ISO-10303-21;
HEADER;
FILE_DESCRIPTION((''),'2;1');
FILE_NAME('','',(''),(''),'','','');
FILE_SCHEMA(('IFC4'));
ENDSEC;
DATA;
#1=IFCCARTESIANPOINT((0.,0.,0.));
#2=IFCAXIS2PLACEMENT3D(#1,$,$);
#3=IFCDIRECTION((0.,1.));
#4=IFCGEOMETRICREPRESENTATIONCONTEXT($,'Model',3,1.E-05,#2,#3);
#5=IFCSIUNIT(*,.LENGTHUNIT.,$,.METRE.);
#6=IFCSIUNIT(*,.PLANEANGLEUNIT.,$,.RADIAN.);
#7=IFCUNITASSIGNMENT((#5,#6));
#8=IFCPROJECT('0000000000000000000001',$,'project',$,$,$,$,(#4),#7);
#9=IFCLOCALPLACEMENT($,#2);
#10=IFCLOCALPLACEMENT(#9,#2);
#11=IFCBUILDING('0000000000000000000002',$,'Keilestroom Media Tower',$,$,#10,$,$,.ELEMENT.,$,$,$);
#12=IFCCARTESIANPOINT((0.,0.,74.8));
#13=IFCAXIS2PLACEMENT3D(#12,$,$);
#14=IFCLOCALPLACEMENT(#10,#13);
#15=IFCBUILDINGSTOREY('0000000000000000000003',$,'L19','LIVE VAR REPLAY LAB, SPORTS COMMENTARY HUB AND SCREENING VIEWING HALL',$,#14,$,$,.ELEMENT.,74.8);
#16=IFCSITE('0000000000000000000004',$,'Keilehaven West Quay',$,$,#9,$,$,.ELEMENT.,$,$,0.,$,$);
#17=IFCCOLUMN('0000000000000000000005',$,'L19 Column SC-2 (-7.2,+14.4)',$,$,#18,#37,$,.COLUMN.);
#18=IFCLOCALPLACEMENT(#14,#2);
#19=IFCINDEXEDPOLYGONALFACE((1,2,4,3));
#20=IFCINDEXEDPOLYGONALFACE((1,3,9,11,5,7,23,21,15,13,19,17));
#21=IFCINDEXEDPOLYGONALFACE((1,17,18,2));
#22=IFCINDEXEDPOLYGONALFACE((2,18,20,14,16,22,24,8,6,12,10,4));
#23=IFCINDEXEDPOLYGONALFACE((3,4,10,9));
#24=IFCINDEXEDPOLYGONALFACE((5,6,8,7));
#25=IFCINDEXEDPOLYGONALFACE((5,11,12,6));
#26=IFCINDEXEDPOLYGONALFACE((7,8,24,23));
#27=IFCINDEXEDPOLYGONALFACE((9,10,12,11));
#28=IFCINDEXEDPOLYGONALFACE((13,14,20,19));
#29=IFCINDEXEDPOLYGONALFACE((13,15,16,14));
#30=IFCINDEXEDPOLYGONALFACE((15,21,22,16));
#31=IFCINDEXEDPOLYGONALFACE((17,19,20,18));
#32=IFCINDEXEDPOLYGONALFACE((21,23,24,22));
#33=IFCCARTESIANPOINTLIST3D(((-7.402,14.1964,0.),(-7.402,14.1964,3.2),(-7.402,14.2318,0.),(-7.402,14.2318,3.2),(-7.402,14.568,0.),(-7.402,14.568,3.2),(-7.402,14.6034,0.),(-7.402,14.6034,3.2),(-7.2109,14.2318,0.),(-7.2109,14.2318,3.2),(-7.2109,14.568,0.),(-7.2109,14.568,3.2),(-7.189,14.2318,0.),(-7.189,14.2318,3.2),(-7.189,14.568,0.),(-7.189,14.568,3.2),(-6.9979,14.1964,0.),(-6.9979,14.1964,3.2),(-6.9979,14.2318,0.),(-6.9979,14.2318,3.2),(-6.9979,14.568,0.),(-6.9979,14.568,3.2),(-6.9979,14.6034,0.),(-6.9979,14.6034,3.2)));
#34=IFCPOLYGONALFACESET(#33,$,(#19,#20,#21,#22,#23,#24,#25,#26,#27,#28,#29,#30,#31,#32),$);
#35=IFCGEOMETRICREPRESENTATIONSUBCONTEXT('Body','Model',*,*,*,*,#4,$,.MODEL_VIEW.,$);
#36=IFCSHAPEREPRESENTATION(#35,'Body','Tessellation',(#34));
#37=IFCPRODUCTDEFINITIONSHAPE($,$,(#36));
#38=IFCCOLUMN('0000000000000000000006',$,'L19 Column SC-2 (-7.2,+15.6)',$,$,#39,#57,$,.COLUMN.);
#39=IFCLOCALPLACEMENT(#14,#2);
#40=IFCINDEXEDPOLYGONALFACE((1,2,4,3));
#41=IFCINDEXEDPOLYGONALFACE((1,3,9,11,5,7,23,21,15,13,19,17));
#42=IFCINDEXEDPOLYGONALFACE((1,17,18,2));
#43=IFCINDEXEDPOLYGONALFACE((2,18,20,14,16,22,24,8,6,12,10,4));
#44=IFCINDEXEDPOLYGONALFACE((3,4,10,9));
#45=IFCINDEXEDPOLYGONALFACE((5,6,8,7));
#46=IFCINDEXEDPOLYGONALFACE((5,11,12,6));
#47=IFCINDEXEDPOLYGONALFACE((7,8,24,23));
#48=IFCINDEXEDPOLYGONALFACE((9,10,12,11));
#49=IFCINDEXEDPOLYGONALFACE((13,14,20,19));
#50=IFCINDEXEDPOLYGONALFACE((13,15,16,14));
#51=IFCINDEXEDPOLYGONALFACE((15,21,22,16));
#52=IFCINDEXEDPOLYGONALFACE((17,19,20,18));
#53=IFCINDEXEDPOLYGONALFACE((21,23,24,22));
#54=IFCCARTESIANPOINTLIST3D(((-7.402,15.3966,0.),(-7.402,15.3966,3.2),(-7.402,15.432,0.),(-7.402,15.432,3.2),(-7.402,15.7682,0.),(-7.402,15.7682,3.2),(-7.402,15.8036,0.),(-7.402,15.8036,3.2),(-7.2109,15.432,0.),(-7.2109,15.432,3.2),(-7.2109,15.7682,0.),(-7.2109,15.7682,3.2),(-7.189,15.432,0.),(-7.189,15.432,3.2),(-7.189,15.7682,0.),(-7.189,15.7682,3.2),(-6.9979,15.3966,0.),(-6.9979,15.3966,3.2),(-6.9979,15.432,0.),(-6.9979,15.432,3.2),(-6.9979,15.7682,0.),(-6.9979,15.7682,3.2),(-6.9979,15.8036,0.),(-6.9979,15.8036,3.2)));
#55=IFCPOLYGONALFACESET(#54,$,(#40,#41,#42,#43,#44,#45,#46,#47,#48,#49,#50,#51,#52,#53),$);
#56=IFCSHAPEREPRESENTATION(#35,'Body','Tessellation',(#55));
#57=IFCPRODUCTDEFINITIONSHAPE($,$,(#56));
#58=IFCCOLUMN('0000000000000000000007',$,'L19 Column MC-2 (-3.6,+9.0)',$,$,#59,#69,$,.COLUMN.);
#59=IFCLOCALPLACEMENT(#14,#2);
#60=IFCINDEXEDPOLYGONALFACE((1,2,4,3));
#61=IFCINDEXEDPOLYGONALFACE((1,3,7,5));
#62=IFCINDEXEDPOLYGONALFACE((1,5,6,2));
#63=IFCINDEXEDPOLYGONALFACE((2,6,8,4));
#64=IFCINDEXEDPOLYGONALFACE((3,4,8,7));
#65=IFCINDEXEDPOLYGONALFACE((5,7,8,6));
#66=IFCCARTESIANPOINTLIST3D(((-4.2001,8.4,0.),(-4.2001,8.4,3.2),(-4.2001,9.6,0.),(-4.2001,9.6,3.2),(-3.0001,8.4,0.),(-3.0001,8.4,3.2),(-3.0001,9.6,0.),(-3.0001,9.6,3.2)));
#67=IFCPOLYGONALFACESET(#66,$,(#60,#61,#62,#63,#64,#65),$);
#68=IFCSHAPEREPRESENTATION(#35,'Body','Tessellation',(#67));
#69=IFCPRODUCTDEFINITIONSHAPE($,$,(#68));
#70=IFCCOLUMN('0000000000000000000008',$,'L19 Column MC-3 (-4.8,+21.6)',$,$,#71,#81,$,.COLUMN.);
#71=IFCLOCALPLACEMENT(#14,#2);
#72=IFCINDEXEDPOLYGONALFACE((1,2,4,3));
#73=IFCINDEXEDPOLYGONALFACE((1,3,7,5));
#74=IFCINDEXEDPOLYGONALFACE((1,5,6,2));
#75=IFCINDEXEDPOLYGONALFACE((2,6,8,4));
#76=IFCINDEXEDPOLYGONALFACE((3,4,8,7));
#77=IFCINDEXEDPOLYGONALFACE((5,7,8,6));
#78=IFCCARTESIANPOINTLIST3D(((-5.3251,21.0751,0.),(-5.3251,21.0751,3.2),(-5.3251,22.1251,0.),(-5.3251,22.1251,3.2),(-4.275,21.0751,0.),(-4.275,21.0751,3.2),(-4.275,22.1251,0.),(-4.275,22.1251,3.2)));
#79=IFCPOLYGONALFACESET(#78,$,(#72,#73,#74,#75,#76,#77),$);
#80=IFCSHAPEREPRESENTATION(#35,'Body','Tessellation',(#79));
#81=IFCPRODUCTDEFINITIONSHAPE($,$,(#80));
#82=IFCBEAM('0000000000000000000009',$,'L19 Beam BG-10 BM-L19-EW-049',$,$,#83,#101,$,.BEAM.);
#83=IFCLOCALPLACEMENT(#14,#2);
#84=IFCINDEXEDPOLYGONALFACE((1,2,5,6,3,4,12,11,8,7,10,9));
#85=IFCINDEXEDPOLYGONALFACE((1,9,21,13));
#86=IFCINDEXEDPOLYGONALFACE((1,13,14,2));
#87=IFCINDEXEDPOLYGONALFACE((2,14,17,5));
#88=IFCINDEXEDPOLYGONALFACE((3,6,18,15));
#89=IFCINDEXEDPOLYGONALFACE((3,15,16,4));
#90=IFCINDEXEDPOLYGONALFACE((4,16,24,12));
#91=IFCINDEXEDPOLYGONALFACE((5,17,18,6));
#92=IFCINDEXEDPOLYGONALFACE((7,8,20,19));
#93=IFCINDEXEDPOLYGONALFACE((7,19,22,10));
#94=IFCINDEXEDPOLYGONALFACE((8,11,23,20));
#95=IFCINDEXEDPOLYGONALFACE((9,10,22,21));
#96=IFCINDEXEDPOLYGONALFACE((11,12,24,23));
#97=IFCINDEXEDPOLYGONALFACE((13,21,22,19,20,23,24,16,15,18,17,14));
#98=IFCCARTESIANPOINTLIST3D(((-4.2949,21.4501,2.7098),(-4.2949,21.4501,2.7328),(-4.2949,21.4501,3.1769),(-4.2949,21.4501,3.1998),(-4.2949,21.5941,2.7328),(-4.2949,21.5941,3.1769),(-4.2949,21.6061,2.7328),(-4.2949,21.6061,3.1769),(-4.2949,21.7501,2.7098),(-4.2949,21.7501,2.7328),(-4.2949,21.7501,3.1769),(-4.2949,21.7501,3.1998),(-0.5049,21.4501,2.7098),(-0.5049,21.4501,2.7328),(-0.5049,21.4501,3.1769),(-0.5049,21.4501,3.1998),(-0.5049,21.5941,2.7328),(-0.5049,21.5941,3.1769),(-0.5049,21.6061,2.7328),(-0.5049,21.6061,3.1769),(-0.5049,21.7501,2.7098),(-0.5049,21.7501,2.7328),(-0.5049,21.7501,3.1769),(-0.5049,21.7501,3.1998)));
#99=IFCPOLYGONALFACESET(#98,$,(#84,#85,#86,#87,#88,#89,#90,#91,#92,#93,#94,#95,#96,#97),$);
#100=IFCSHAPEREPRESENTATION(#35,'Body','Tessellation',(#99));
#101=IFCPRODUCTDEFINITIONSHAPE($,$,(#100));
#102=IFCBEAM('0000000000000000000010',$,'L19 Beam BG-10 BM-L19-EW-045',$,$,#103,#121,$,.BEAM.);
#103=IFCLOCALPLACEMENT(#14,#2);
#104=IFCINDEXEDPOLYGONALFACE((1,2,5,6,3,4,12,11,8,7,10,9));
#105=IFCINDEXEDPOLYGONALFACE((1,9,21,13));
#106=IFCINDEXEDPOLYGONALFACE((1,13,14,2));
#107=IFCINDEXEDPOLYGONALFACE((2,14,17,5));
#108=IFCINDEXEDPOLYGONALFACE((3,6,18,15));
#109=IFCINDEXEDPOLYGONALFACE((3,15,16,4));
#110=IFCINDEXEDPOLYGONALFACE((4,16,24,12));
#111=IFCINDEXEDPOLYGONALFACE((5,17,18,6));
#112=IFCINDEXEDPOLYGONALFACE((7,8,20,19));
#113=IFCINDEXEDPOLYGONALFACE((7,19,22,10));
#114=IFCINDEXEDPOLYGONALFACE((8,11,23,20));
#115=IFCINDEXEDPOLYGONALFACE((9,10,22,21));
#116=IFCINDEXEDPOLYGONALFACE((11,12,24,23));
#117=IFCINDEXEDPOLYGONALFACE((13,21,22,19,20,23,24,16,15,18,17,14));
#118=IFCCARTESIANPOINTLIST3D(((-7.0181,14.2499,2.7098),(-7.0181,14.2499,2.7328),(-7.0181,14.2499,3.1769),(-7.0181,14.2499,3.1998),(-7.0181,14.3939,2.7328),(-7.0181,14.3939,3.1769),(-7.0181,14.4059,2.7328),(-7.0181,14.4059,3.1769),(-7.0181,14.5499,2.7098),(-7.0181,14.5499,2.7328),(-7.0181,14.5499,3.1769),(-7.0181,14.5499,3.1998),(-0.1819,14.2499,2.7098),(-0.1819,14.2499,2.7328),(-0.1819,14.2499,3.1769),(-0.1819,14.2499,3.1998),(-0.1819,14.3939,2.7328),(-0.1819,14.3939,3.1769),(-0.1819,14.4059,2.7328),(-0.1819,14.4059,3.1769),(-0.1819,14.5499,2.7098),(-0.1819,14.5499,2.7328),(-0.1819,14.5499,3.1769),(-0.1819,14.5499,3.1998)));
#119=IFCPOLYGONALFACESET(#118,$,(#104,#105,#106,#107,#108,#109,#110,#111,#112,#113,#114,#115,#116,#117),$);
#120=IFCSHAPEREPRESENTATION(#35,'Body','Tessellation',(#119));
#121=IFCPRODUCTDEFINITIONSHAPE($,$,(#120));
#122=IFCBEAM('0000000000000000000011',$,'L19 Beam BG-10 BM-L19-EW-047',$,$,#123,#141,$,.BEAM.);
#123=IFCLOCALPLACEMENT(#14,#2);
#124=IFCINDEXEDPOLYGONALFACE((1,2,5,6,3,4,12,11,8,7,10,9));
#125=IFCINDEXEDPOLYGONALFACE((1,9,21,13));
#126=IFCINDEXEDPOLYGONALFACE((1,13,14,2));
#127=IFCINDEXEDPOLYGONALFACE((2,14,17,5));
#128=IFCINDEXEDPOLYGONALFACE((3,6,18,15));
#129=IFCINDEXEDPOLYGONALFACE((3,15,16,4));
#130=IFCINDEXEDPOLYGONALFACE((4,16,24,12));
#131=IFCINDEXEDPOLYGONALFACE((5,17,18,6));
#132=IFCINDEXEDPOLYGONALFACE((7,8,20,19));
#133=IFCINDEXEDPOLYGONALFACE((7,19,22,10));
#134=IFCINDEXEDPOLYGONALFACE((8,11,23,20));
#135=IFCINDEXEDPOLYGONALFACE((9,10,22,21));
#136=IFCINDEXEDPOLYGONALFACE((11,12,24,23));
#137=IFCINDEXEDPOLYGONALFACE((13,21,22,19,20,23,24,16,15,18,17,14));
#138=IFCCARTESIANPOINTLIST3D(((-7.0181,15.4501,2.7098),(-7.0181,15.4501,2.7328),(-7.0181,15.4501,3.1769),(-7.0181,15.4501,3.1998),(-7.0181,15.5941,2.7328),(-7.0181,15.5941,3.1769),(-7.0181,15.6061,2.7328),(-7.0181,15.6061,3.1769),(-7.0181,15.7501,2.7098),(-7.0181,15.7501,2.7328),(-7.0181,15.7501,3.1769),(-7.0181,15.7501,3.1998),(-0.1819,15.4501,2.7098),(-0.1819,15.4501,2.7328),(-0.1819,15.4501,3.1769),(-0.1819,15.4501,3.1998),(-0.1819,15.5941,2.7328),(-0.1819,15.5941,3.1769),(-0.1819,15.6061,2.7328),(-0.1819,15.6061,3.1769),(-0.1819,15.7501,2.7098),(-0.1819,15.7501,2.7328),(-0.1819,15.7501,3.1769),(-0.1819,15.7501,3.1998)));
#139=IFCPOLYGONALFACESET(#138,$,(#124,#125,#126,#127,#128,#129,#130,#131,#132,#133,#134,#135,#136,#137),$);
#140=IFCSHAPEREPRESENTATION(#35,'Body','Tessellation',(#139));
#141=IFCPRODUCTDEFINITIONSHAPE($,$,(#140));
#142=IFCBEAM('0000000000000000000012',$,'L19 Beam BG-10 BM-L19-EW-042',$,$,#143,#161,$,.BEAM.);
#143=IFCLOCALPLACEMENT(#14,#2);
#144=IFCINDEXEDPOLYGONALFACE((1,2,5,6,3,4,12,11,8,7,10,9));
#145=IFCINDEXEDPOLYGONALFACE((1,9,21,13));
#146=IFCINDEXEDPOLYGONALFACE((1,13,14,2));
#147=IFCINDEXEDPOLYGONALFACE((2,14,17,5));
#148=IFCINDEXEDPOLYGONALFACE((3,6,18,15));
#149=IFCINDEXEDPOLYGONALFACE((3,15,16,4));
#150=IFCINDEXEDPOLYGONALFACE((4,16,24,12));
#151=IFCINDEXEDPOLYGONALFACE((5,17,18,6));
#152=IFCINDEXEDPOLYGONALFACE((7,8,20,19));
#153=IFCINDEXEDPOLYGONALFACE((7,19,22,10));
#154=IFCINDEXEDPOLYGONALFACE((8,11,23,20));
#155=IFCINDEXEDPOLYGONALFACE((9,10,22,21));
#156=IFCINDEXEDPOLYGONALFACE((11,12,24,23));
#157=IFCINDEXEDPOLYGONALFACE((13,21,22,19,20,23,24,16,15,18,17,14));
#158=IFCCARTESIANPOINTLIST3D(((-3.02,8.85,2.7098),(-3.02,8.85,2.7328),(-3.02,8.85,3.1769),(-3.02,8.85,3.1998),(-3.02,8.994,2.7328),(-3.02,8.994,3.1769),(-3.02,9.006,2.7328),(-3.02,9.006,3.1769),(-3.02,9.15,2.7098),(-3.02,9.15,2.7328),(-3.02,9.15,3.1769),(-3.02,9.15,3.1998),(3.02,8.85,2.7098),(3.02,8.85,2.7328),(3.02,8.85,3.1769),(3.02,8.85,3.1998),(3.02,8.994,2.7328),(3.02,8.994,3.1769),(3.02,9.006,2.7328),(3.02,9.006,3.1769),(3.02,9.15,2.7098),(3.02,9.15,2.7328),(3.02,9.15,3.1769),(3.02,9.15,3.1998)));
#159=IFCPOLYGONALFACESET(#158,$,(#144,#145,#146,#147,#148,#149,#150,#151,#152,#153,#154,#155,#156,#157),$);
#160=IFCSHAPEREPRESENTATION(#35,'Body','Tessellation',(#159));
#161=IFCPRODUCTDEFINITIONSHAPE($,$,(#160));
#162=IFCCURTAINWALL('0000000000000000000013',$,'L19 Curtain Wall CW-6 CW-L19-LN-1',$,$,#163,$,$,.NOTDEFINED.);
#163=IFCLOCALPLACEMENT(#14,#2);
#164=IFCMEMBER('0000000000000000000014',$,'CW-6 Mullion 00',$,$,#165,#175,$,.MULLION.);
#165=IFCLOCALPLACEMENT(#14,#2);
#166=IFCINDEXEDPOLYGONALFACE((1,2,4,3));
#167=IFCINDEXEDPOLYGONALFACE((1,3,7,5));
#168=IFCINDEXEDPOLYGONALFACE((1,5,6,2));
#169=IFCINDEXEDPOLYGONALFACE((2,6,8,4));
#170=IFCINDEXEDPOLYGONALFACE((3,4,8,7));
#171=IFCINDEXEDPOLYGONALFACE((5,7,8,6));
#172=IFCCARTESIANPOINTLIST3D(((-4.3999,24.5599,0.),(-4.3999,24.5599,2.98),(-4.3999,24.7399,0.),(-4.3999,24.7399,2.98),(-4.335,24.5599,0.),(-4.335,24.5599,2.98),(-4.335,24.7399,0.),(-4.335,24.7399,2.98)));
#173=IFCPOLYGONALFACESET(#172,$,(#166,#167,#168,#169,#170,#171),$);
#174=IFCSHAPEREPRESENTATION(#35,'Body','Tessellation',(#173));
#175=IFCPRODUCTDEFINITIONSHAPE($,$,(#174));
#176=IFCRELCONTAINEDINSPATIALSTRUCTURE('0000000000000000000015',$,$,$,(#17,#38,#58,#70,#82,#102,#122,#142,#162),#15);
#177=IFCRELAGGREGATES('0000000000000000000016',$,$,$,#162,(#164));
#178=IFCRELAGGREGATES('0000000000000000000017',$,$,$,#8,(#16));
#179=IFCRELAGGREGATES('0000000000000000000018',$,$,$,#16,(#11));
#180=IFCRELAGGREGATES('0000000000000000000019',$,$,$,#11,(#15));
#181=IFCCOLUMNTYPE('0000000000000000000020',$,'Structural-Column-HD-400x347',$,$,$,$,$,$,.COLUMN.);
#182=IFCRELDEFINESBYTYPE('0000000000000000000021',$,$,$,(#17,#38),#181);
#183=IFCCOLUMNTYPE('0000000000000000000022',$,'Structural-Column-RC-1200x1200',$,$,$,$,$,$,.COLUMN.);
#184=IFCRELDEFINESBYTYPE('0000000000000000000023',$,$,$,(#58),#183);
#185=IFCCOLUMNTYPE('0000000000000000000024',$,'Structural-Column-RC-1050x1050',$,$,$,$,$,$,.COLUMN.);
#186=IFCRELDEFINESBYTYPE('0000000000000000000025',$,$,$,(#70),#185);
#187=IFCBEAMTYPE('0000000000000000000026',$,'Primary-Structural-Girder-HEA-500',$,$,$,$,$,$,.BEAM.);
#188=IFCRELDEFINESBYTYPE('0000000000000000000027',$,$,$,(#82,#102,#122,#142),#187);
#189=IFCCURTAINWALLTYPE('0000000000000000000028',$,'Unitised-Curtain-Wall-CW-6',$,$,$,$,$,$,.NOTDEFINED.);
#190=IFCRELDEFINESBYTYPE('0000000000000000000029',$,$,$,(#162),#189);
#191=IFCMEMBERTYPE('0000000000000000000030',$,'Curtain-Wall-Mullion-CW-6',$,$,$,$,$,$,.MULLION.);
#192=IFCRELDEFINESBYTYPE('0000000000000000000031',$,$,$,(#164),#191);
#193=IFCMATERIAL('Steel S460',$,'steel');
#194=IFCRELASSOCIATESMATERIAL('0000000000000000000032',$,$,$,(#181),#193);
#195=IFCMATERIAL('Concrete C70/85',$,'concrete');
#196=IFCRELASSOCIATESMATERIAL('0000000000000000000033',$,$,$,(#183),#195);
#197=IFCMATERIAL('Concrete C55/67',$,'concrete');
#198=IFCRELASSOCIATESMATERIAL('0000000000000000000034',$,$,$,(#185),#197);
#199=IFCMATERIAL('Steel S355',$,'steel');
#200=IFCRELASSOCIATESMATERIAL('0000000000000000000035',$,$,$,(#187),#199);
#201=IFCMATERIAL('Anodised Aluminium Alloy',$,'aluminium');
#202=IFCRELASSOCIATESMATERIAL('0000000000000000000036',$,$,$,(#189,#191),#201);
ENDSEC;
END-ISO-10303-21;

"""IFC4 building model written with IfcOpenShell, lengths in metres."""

from ifc_helpers import new_model, si_unit, direction, frame, origin, origin_2d, place, context, subcontext, project, spatial, rectangle, i_section, extrude, source, transform, mapped, material, material_profile, profile_set, type_object, element, aggregate, save


model = new_model("IFC4")

# Units and contexts
model_context = context("Model", 3, precision=1e-05, world=origin(), true_north=direction((0.0, 1.0)))
body_context = subcontext(model_context, "Body", "Model", "MODEL_VIEW")
ifc_project = project(units=[si_unit("LENGTHUNIT", "METRE"), si_unit("PLANEANGLEUNIT", "RADIAN")], contexts=[model_context])

# Site, building, storey
site_placement = place(None, origin())
site = spatial("IfcSite", under=ifc_project, at=site_placement, Name="Keilehaven West Quay", CompositionType="ELEMENT", RefElevation=0.0)
building_placement = place(site_placement, origin())
building = spatial("IfcBuilding", under=site, at=building_placement, Name="Keilestroom Media Tower", CompositionType="ELEMENT")
storey_placement = place(building_placement, frame((0.0, 0.0, 74.8)))
storey = spatial("IfcBuildingStorey", under=building, at=storey_placement, Name="L19", Description="LIVE VAR REPLAY LAB, SPORTS COMMENTARY HUB AND SCREENING VIEWING HALL", CompositionType="ELEMENT", Elevation=74.8)

# Columns
ifc_material_1 = material(Name="Steel S460", Category="steel")
ifc_material_profile_1 = material_profile(ifc_material_1, i_section(OverallWidth=0.4041, OverallDepth=0.407, WebThickness=0.022, FlangeThickness=0.0354, at=origin_2d()), Name="HD 400x347")
ifc_profile_set_1 = profile_set([ifc_material_profile_1], Name="Steel S460")
column_type_1 = type_object("IfcColumnType", Name="Structural-Column-HD-400x347", PredefinedType="COLUMN", material=ifc_profile_set_1)
shared_shape_1 = source(origin(), body_context, "Body", "SweptSolid", [
    extrude(i_section(OverallWidth=0.4041, OverallDepth=0.407, WebThickness=0.022, FlangeThickness=0.0354, at=origin_2d()), origin(), (0.0, 0.0, 1.0), 3.2),
])
for number, where, z_axis, x_axis, name in (
    (1, (-7.2, 14.3999, 0.0), (0.0, 0.0, 1.0), (1.0, 0.0, 0.0), "L19 Column SC-2 (-7.2,+14.4)"),
    (2, (-7.2, 15.6001, 0.0), (0.0, 0.0, 1.0), (1.0, 0.0, 0.0), "L19 Column SC-2 (-7.2,+15.6)"),
):
    element("IfcColumn", number, at=place(storey_placement, frame(where, z_axis=z_axis, x_axis=x_axis)), inside=storey, type_object=column_type_1, Name=name, PredefinedType="COLUMN", context=body_context, shape_type="MappedRepresentation", body=[
        mapped(shared_shape_1, transform((0.0, 0.0, 0.0), x_axis=(1.0, 0.0, 0.0), y_axis=(0.0, 1.0, 0.0), z_axis=(0.0, 0.0, 1.0), scale=1.0)),
    ])
ifc_material_2 = material(Name="Concrete C70/85", Category="concrete")
ifc_material_profile_2 = material_profile(ifc_material_2, rectangle(XDim=1.2, YDim=1.2, at=origin_2d()), Name="RC 1200x1200")
ifc_profile_set_2 = profile_set([ifc_material_profile_2], Name="Concrete C70/85")
column_type_2 = type_object("IfcColumnType", Name="Structural-Column-RC-1200x1200", PredefinedType="COLUMN", material=ifc_profile_set_2)
shared_shape_2 = source(origin(), body_context, "Body", "SweptSolid", [
    extrude(rectangle(XDim=1.2, YDim=1.2, at=origin_2d()), origin(), (0.0, 0.0, 1.0), 3.2),
])
column_1_placement = place(storey_placement, frame((-3.6001, 9.0, 0.0), z_axis=(0.0, 0.0, 1.0), x_axis=(1.0, 0.0, 0.0)))
element("IfcColumn", 3, at=column_1_placement, inside=storey, type_object=column_type_2, Name="L19 Column MC-2 (-3.6,+9.0)", PredefinedType="COLUMN", context=body_context, shape_type="MappedRepresentation", body=[
    mapped(shared_shape_2, transform((0.0, 0.0, 0.0), x_axis=(1.0, 0.0, 0.0), y_axis=(0.0, 1.0, 0.0), z_axis=(0.0, 0.0, 1.0), scale=1.0)),
])
ifc_material_3 = material(Name="Concrete C55/67", Category="concrete")
ifc_material_profile_3 = material_profile(ifc_material_3, rectangle(XDim=1.05, YDim=1.05, at=origin_2d()), Name="RC 1050x1050")
ifc_profile_set_3 = profile_set([ifc_material_profile_3], Name="Concrete C55/67")
column_type_3 = type_object("IfcColumnType", Name="Structural-Column-RC-1050x1050", PredefinedType="COLUMN", material=ifc_profile_set_3)
shared_shape_3 = source(origin(), body_context, "Body", "SweptSolid", [
    extrude(rectangle(XDim=1.05, YDim=1.05, at=origin_2d()), origin(), (0.0, 0.0, 1.0), 3.2),
])
column_2_placement = place(storey_placement, frame((-4.8, 21.6001, 0.0), z_axis=(0.0, 0.0, 1.0), x_axis=(1.0, 0.0, 0.0)))
element("IfcColumn", 4, at=column_2_placement, inside=storey, type_object=column_type_3, Name="L19 Column MC-3 (-4.8,+21.6)", PredefinedType="COLUMN", context=body_context, shape_type="MappedRepresentation", body=[
    mapped(shared_shape_3, transform((0.0, 0.0, 0.0), x_axis=(1.0, 0.0, 0.0), y_axis=(0.0, 1.0, 0.0), z_axis=(0.0, 0.0, 1.0), scale=1.0)),
])

# Beams
ifc_material_4 = material(Name="Steel S355", Category="steel")
ifc_material_profile_4 = material_profile(ifc_material_4, i_section(OverallWidth=0.3, OverallDepth=0.49, WebThickness=0.012, FlangeThickness=0.0229, at=origin_2d()), Name="HEA 500")
ifc_profile_set_4 = profile_set([ifc_material_profile_4], Name="Steel S355")
beam_type = type_object("IfcBeamType", Name="Primary-Structural-Girder-HEA-500", PredefinedType="BEAM", material=ifc_profile_set_4)
shared_shape_4 = source(origin(), body_context, "Body", "SweptSolid", [
    extrude(i_section(OverallWidth=0.3, OverallDepth=0.49, WebThickness=0.012, FlangeThickness=0.0229, at=origin_2d()), origin(), (0.0, 0.0, 1.0), 3.79),
])
beam_1_placement = place(storey_placement, frame((-4.2949, 21.6001, 2.9548), z_axis=(1.0, 0.0, 0.0), x_axis=(0.0, 1.0, 0.0)))
element("IfcBeam", 5, at=beam_1_placement, inside=storey, type_object=beam_type, Name="L19 Beam BG-10 BM-L19-EW-049", PredefinedType="BEAM", context=body_context, shape_type="MappedRepresentation", body=[
    mapped(shared_shape_4, transform((0.0, 0.0, 0.0), x_axis=(1.0, 0.0, 0.0), y_axis=(0.0, 1.0, 0.0), z_axis=(0.0, 0.0, 1.0), scale=1.0)),
])
shared_shape_5 = source(origin(), body_context, "Body", "SweptSolid", [
    extrude(i_section(OverallWidth=0.3, OverallDepth=0.49, WebThickness=0.012, FlangeThickness=0.0229, at=origin_2d()), origin(), (0.0, 0.0, 1.0), 6.8362),
])
for number, where, z_axis, x_axis, name in (
    (6, (-7.0181, 14.3999, 2.9548), (1.0, 0.0, 0.0), (0.0, 1.0, 0.0), "L19 Beam BG-10 BM-L19-EW-045"),
    (7, (-7.0181, 15.6001, 2.9548), (1.0, 0.0, 0.0), (0.0, 1.0, 0.0), "L19 Beam BG-10 BM-L19-EW-047"),
):
    element("IfcBeam", number, at=place(storey_placement, frame(where, z_axis=z_axis, x_axis=x_axis)), inside=storey, type_object=beam_type, Name=name, PredefinedType="BEAM", context=body_context, shape_type="MappedRepresentation", body=[
        mapped(shared_shape_5, transform((0.0, 0.0, 0.0), x_axis=(1.0, 0.0, 0.0), y_axis=(0.0, 1.0, 0.0), z_axis=(0.0, 0.0, 1.0), scale=1.0)),
    ])
shared_shape_6 = source(origin(), body_context, "Body", "SweptSolid", [
    extrude(i_section(OverallWidth=0.3, OverallDepth=0.49, WebThickness=0.012, FlangeThickness=0.0229, at=origin_2d()), origin(), (0.0, 0.0, 1.0), 6.04),
])
beam_2_placement = place(storey_placement, frame((-3.02, 9.0, 2.9548), z_axis=(1.0, 0.0, 0.0), x_axis=(0.0, 1.0, 0.0)))
element("IfcBeam", 8, at=beam_2_placement, inside=storey, type_object=beam_type, Name="L19 Beam BG-10 BM-L19-EW-042", PredefinedType="BEAM", context=body_context, shape_type="MappedRepresentation", body=[
    mapped(shared_shape_6, transform((0.0, 0.0, 0.0), x_axis=(1.0, 0.0, 0.0), y_axis=(0.0, 1.0, 0.0), z_axis=(0.0, 0.0, 1.0), scale=1.0)),
])

# Curtain wall, member
ifc_material_5 = material(Name="Anodised Aluminium Alloy", Category="aluminium")
curtain_wall_type = type_object("IfcCurtainWallType", Name="Unitised-Curtain-Wall-CW-6", PredefinedType="NOTDEFINED", material=ifc_material_5)
curtain_wall_placement = place(storey_placement, origin())
curtain_wall = element("IfcCurtainWall", 9, at=curtain_wall_placement, inside=storey, type_object=curtain_wall_type, Name="L19 Curtain Wall CW-6 CW-L19-LN-1", PredefinedType="NOTDEFINED")
ifc_material_profile_5 = material_profile(ifc_material_5, rectangle(XDim=0.0649, YDim=0.1799, at=origin_2d()), Name="ALU MULLION 65x180")
ifc_profile_set_5 = profile_set([ifc_material_profile_5], Name="Anodised Aluminium Alloy")
member_type_1 = type_object("IfcMemberType", Name="Curtain-Wall-Mullion-CW-6", PredefinedType="MULLION", material=ifc_profile_set_5)
shared_shape_7 = source(origin(), body_context, "Body", "SweptSolid", [
    extrude(rectangle(XDim=0.0649, YDim=0.1799, at=origin_2d()), origin(), (0.0, 0.0, 1.0), 2.98),
])
member_1_placement = place(storey_placement, frame((-4.3674, 24.6499, 0.0), z_axis=(0.0, 0.0, 1.0), x_axis=(1.0, 0.0, 0.0)))
member_1 = element("IfcMember", 10, at=member_1_placement, type_object=member_type_1, Name="CW-6 Mullion 00", PredefinedType="MULLION", context=body_context, shape_type="MappedRepresentation", body=[
    mapped(shared_shape_7, transform((0.0, 0.0, 0.0), x_axis=(1.0, 0.0, 0.0), y_axis=(0.0, 1.0, 0.0), z_axis=(0.0, 0.0, 1.0), scale=1.0)),
])
aggregate(curtain_wall, [member_1])

save(model, "model.ifc")
